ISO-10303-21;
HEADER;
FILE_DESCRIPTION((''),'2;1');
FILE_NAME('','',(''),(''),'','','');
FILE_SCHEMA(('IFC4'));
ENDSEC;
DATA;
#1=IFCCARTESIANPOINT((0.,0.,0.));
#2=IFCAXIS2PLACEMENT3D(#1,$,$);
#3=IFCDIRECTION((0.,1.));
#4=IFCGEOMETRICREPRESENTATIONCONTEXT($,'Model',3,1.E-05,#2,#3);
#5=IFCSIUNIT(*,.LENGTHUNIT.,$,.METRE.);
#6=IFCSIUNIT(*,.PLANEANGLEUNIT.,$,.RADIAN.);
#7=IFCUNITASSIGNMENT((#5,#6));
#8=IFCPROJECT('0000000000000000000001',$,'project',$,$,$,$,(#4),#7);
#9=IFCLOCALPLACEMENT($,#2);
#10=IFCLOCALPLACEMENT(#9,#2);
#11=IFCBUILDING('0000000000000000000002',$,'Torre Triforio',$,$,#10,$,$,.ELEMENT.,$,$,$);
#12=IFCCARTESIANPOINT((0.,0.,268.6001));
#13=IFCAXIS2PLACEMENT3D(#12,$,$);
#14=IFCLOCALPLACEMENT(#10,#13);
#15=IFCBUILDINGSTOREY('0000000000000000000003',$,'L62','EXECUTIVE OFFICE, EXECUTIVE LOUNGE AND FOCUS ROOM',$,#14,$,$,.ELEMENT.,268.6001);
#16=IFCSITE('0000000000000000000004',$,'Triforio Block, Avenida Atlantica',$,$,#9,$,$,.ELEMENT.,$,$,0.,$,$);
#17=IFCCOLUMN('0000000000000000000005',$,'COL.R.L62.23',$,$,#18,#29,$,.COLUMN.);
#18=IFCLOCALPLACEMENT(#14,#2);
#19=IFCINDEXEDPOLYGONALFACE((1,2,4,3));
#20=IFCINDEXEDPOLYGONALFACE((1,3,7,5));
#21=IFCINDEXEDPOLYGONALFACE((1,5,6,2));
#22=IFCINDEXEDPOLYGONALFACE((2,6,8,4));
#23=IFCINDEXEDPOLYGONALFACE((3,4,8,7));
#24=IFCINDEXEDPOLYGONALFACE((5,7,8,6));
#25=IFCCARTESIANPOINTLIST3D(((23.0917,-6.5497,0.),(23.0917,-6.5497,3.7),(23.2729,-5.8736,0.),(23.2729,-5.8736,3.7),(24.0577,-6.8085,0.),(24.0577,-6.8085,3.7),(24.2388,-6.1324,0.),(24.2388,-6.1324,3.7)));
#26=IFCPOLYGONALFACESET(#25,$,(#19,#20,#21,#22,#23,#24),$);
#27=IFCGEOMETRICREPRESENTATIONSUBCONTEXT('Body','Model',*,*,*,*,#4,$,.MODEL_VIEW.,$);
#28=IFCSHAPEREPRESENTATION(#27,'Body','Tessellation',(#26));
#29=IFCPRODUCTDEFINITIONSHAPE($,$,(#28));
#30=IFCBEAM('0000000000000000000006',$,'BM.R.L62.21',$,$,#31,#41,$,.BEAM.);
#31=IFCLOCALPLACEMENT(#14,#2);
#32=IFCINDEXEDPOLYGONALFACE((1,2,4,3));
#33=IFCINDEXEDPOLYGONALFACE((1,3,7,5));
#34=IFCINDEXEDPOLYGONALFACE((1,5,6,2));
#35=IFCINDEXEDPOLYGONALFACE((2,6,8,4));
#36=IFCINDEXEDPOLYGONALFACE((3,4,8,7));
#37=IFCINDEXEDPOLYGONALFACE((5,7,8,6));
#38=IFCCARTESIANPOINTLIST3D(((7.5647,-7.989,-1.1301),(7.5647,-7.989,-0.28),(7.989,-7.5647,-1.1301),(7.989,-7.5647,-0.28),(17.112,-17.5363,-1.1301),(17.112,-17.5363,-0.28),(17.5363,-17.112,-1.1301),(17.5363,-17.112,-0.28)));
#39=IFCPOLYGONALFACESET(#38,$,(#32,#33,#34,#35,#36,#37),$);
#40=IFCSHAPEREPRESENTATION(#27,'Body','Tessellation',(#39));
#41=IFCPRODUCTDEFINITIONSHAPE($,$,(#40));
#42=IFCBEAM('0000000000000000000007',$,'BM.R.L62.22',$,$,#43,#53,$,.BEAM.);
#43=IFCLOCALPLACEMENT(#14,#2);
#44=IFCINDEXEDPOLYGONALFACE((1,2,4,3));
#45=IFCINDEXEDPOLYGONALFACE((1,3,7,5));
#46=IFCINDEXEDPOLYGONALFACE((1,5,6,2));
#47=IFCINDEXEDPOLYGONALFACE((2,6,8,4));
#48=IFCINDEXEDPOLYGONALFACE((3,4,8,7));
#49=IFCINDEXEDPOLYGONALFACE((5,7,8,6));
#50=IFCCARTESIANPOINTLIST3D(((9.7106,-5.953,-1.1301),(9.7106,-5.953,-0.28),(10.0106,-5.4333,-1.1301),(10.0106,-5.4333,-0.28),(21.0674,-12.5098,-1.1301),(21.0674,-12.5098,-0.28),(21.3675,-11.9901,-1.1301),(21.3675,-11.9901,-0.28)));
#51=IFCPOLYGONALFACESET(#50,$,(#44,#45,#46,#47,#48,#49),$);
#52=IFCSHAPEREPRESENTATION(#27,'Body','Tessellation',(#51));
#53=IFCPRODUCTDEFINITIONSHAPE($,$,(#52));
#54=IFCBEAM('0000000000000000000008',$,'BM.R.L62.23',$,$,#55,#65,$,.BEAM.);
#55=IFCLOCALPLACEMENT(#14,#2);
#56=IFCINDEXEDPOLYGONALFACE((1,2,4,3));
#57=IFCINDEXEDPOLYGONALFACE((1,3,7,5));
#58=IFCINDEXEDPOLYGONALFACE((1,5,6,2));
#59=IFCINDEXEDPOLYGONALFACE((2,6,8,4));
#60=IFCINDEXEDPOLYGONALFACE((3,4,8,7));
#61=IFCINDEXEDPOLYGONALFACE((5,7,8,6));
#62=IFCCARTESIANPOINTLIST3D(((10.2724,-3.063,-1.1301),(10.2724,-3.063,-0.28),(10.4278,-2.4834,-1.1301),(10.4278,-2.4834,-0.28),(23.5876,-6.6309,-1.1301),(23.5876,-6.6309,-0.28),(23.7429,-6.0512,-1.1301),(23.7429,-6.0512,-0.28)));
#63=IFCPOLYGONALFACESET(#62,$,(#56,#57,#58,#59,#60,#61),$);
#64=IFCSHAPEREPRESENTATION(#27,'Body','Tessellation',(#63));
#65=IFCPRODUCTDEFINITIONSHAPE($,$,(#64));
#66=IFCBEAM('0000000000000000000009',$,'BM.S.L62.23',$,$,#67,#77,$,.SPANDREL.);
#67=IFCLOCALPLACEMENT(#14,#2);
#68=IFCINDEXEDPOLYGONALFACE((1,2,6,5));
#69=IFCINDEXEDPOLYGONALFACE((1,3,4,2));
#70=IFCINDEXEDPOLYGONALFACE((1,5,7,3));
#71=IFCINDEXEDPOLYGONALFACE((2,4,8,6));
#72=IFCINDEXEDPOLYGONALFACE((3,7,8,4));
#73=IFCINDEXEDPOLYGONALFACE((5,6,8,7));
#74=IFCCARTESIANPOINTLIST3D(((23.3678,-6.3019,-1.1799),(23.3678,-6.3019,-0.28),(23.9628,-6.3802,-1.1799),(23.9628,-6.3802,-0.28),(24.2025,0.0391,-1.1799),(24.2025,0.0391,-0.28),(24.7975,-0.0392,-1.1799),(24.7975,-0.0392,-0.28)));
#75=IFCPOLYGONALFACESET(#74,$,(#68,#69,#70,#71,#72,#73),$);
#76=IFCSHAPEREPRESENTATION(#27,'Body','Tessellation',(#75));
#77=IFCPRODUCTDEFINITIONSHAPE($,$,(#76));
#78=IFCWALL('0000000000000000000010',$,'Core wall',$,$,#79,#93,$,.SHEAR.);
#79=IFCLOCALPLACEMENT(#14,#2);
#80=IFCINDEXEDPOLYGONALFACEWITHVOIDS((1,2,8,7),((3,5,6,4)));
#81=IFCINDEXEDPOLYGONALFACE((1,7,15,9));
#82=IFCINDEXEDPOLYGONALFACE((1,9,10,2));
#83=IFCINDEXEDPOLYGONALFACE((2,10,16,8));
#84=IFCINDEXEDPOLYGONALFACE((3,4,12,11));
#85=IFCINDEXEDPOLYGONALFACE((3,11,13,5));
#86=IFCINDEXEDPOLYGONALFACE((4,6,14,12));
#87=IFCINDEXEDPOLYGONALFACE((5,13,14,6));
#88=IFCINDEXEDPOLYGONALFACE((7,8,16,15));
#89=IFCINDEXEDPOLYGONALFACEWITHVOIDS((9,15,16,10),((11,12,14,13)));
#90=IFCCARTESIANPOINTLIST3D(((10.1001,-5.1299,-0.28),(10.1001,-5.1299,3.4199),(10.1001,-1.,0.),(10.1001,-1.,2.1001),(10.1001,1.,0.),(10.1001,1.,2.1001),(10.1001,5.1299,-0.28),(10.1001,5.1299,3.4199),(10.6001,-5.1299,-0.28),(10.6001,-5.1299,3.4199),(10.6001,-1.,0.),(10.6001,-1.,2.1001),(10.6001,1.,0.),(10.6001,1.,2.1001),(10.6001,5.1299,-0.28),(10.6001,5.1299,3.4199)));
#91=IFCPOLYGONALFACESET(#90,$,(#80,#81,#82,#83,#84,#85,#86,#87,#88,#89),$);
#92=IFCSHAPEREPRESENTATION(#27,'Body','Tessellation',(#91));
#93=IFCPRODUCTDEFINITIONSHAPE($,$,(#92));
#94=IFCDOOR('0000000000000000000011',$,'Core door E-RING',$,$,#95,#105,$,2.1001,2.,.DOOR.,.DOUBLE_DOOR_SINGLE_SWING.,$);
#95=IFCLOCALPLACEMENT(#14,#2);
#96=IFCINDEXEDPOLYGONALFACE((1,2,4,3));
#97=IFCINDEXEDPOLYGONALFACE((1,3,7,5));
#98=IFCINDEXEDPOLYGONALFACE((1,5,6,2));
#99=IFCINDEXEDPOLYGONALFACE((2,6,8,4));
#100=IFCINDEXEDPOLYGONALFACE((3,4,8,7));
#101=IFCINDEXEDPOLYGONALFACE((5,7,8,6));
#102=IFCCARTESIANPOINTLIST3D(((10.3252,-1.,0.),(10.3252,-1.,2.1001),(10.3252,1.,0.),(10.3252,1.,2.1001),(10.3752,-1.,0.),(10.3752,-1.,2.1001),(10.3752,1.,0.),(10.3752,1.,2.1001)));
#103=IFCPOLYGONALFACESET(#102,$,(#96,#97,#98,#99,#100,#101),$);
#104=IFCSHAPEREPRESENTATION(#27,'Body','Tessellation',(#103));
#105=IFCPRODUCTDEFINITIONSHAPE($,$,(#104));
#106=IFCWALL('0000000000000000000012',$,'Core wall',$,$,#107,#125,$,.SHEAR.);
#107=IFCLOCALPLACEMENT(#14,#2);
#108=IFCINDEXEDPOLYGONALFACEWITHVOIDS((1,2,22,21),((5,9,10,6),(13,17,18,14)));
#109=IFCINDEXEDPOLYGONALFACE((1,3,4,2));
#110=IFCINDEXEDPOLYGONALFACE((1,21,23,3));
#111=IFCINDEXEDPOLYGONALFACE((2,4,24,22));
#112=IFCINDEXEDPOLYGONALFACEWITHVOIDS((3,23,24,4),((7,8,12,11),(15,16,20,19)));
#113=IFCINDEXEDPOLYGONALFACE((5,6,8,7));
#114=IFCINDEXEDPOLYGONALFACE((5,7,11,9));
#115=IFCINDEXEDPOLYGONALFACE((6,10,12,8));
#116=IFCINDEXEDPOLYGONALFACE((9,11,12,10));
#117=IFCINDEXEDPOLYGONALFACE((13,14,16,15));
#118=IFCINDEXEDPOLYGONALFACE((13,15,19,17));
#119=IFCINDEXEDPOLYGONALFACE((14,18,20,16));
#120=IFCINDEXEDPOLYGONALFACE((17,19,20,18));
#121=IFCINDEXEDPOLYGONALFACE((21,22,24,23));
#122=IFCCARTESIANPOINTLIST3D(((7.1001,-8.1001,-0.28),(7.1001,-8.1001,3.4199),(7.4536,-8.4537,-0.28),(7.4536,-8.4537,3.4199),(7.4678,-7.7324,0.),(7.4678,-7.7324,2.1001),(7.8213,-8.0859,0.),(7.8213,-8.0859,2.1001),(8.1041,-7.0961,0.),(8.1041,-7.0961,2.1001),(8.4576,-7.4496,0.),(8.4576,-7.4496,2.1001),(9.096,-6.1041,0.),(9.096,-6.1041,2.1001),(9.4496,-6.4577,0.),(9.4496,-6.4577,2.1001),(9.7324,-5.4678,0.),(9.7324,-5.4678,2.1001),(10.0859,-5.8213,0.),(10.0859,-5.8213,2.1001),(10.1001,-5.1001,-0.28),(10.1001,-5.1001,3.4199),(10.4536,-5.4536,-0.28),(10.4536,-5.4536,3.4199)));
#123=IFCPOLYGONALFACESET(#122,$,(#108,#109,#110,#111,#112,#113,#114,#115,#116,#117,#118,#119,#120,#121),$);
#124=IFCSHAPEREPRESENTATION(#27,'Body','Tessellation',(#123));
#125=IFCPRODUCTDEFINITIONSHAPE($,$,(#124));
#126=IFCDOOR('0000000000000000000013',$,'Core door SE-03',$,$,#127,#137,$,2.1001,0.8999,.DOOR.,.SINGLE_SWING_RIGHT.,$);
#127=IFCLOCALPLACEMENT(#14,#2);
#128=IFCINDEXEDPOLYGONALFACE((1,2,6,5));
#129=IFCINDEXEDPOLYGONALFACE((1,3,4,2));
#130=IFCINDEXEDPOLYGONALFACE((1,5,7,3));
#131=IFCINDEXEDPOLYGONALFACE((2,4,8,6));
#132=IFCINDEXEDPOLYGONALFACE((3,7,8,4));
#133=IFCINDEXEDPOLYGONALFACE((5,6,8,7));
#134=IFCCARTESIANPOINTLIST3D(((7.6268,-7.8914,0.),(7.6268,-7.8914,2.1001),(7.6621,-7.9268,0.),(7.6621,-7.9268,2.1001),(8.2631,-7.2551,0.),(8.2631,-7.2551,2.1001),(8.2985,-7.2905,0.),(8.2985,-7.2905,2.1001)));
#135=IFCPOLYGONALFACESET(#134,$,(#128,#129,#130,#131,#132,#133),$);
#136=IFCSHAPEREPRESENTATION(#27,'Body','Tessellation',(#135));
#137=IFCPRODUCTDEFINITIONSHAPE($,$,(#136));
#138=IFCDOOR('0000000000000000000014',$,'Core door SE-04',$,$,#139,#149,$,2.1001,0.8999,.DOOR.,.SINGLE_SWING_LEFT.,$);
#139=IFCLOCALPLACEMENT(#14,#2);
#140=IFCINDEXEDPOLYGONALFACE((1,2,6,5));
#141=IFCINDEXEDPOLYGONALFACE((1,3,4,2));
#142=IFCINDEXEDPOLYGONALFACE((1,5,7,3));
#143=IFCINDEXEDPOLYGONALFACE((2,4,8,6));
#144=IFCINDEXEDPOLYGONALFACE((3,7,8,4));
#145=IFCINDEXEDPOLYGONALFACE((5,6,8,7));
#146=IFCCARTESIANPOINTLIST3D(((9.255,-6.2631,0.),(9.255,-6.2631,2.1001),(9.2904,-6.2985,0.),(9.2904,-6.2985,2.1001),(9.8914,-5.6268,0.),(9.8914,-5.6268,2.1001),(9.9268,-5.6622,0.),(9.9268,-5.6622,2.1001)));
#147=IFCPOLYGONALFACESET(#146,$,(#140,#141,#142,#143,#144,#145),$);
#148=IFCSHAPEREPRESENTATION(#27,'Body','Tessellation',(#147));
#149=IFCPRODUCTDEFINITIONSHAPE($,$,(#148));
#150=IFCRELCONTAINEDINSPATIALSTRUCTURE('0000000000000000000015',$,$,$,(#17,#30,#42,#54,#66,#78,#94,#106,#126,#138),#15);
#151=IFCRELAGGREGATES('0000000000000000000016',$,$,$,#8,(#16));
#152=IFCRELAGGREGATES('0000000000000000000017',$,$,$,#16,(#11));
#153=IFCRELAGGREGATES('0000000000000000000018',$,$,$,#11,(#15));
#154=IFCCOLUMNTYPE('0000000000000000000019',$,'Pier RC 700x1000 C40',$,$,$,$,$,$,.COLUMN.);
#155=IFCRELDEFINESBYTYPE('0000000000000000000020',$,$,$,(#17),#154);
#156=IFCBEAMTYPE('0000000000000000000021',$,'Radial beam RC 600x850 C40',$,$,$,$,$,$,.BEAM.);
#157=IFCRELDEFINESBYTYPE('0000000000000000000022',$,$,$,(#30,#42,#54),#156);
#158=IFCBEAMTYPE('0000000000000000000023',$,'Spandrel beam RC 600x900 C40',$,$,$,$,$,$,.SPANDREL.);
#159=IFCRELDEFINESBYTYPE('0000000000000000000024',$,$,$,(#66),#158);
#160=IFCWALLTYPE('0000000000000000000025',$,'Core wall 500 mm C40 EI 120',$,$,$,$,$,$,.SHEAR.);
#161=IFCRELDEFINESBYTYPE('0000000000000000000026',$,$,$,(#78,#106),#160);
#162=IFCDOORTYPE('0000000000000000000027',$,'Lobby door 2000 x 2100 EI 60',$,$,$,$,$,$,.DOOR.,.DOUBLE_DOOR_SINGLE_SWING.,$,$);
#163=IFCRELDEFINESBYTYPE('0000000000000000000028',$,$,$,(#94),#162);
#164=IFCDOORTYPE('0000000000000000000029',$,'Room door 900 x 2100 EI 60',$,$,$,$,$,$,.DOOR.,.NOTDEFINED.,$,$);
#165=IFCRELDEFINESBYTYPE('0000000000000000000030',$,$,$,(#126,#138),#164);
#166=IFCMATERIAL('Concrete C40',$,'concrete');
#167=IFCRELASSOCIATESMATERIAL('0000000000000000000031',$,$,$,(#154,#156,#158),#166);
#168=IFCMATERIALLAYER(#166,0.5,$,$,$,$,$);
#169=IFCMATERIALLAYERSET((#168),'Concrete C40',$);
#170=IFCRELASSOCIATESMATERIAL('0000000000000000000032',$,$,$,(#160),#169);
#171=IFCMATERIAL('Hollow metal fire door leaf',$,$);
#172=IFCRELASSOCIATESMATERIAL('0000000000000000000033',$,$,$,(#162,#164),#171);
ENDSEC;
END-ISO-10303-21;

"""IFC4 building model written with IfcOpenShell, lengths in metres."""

from ifc_helpers import new_model, si_unit, direction, frame, frame_2d, origin, origin_2d, place, context, subcontext, project, spatial, rectangle, extrude, material, layer, layer_set, material_profile, profile_set, type_object, element, fill, save


model = new_model("IFC4")

# Units and contexts
model_context = context("Model", 3, precision=1e-05, world=origin(), true_north=direction((0.0, 1.0)))
body_context = subcontext(model_context, "Body", "Model", "MODEL_VIEW")
ifc_project = project(units=[si_unit("LENGTHUNIT", "METRE"), si_unit("PLANEANGLEUNIT", "RADIAN")], contexts=[model_context])

# Site, building, storey
site_placement = place(None, origin())
site = spatial("IfcSite", under=ifc_project, at=site_placement, Name="Triforio Block, Avenida Atlantica", CompositionType="ELEMENT", RefElevation=0.0)
building_placement = place(site_placement, origin())
building = spatial("IfcBuilding", under=site, at=building_placement, Name="Torre Triforio", CompositionType="ELEMENT")
storey_placement = place(building_placement, frame((0.0, 0.0, 268.6001)))
storey = spatial("IfcBuildingStorey", under=building, at=storey_placement, Name="L62", Description="EXECUTIVE OFFICE, EXECUTIVE LOUNGE AND FOCUS ROOM", CompositionType="ELEMENT", Elevation=268.6001)

# Column
ifc_material_1 = material(Name="Concrete C40", Category="concrete")
ifc_material_profile_1 = material_profile(ifc_material_1, rectangle(XDim=0.7, YDim=1.0, at=origin_2d()), Name="RC 700x1000")
ifc_profile_set_1 = profile_set([ifc_material_profile_1], Name="Concrete C40")
column_type = type_object("IfcColumnType", Name="Pier RC 700x1000 C40", PredefinedType="COLUMN", material=ifc_profile_set_1)
column_placement = place(storey_placement, frame((23.6653, -6.3411, 0.0), z_axis=(0.0, 0.0, 1.0), x_axis=(0.258819, 0.965926, 0.0)))
element("IfcColumn", 1, at=column_placement, inside=storey, type_object=column_type, Name="COL.R.L62.23", PredefinedType="COLUMN", context=body_context, shape_type="SweptSolid", body=[
    extrude(rectangle(XDim=0.7, YDim=1.0, at=origin_2d()), origin(), (0.0, 0.0, 1.0), 3.7),
])

# Beams
ifc_material_profile_2 = material_profile(ifc_material_1, rectangle(XDim=0.6001, YDim=0.8501, at=origin_2d()), Name="RC 600x850")
ifc_profile_set_2 = profile_set([ifc_material_profile_2], Name="Concrete C40")
beam_type_1 = type_object("IfcBeamType", Name="Radial beam RC 600x850 C40", PredefinedType="BEAM", material=ifc_profile_set_2)
beam_1_placement = place(storey_placement, frame((7.7769, -7.7769, -0.7051), z_axis=(0.707107, -0.707107, 0.0), x_axis=(0.707107, 0.707107, 0.0)))
element("IfcBeam", 2, at=beam_1_placement, inside=storey, type_object=beam_type_1, Name="BM.R.L62.21", PredefinedType="BEAM", context=body_context, shape_type="SweptSolid", body=[
    extrude(rectangle(XDim=0.6001, YDim=0.8501, at=origin_2d()), origin(), (0.0, 0.0, 1.0), 13.502),
])
beam_2_placement = place(storey_placement, frame((9.8606, -5.6931, -0.7051), z_axis=(0.866027, -0.499997, 0.0), x_axis=(0.499997, 0.866027, 0.0)))
element("IfcBeam", 3, at=beam_2_placement, inside=storey, type_object=beam_type_1, Name="BM.R.L62.22", PredefinedType="BEAM", context=body_context, shape_type="SweptSolid", body=[
    extrude(rectangle(XDim=0.6001, YDim=0.8501, at=origin_2d()), origin(), (0.0, 0.0, 1.0), 13.1138),
])
beam_3_placement = place(storey_placement, frame((10.3501, -2.7732, -0.7051), z_axis=(0.965924, -0.258824, 0.0), x_axis=(0.258824, 0.965924, 0.0)))
element("IfcBeam", 4, at=beam_3_placement, inside=storey, type_object=beam_type_1, Name="BM.R.L62.23", PredefinedType="BEAM", context=body_context, shape_type="SweptSolid", body=[
    extrude(rectangle(XDim=0.6001, YDim=0.8501, at=origin_2d()), origin(), (0.0, 0.0, 1.0), 13.7849),
])
ifc_material_profile_3 = material_profile(ifc_material_1, rectangle(XDim=0.6001, YDim=0.8999, at=origin_2d()), Name="RC 600x900")
ifc_profile_set_3 = profile_set([ifc_material_profile_3], Name="Concrete C40")
beam_type_2 = type_object("IfcBeamType", Name="Spandrel beam RC 600x900 C40", PredefinedType="SPANDREL", material=ifc_profile_set_3)
beam_4_placement = place(storey_placement, frame((23.6653, -6.3411, -0.73), z_axis=(0.130511, 0.991447, 0.0), x_axis=(-0.991447, 0.130511, 0.0)))
element("IfcBeam", 5, at=beam_4_placement, inside=storey, type_object=beam_type_2, Name="BM.S.L62.23", PredefinedType="SPANDREL", context=body_context, shape_type="SweptSolid", body=[
    extrude(rectangle(XDim=0.6001, YDim=0.8999, at=origin_2d()), origin(), (0.0, 0.0, 1.0), 6.3958),
])

# Wall, opening, door
ifc_layer_1 = layer(ifc_material_1, 0.5)
ifc_layer_set_1 = layer_set([ifc_layer_1], Name="Concrete C40")
wall_type_1 = type_object("IfcWallType", Name="Core wall 500 mm C40 EI 120", PredefinedType="SHEAR", material=ifc_layer_set_1)
wall_1_placement = place(storey_placement, frame((10.3501, -5.1299, -0.28), z_axis=(0.0, 0.0, 1.0), x_axis=(0.0, 1.0, 0.0)))
wall_1 = element("IfcWall", 6, at=wall_1_placement, inside=storey, type_object=wall_type_1, Name="Core wall", PredefinedType="SHEAR", context=body_context, shape_type="SweptSolid", body=[
    extrude(rectangle(XDim=10.2598, YDim=0.5, at=frame_2d((5.1299, 0.0))), origin(), (0.0, 0.0, 1.0), 3.7),
])
opening_1_placement = place(wall_1_placement, frame((4.1299, 0.0, 0.28)))
opening_1 = element("IfcOpeningElement", 7, at=opening_1_placement, cuts=wall_1, PredefinedType="OPENING", context=body_context, shape_type="SweptSolid", body=[
    extrude(rectangle(XDim=2.0, YDim=2.1001, at=frame_2d((1.0, 1.05))), frame((0.0, 0.26, 0.0), z_axis=(0.0, -1.0, 0.0), x_axis=(1.0, 0.0, 0.0)), (0.0, 0.0, 1.0), 0.52),
])
ifc_material_2 = material(Name="Hollow metal fire door leaf")
door_type_1 = type_object("IfcDoorType", Name="Lobby door 2000 x 2100 EI 60", OperationType="DOUBLE_DOOR_SINGLE_SWING", PredefinedType="DOOR", material=ifc_material_2)
door_1_placement = place(opening_1_placement, origin())
door_1 = element("IfcDoor", 8, at=door_1_placement, inside=storey, type_object=door_type_1, Name="Core door E-RING", OperationType="DOUBLE_DOOR_SINGLE_SWING", OverallHeight=2.1001, OverallWidth=2.0, PredefinedType="DOOR", context=body_context, shape_type="SweptSolid", body=[
    extrude(rectangle(XDim=2.0, YDim=2.1001, at=frame_2d((1.0, 1.05))), frame((0.0, 0.0249, 0.0), z_axis=(0.0, -1.0, 0.0), x_axis=(1.0, 0.0, 0.0)), (0.0, 0.0, 1.0), 0.05),
])
fill(opening_1, door_1)

# Wall, openings, doors
wall_2_placement = place(storey_placement, frame((10.2769, -5.2769, -0.28), z_axis=(0.0, 0.0, 1.0), x_axis=(-0.707107, -0.707107, 0.0)))
wall_2 = element("IfcWall", 9, at=wall_2_placement, inside=storey, type_object=wall_type_1, Name="Core wall", PredefinedType="SHEAR", context=body_context, shape_type="SweptSolid", body=[
    extrude(rectangle(XDim=4.2427, YDim=0.5, at=frame_2d((2.1213, 0.0))), origin(), (0.0, 0.0, 1.0), 3.7),
])
opening_2_placement = place(wall_2_placement, frame((2.8228, 0.0, 0.28)))
opening_2 = element("IfcOpeningElement", 10, at=opening_2_placement, cuts=wall_2, PredefinedType="OPENING", context=body_context, shape_type="SweptSolid", body=[
    extrude(rectangle(XDim=0.8999, YDim=2.1001, at=frame_2d((0.45, 1.05))), frame((0.0, 0.26, 0.0), z_axis=(0.0, -1.0, 0.0), x_axis=(1.0, 0.0, 0.0)), (0.0, 0.0, 1.0), 0.52),
])
opening_3_placement = place(wall_2_placement, frame((0.52, 0.0, 0.28)))
opening_3 = element("IfcOpeningElement", 11, at=opening_3_placement, cuts=wall_2, PredefinedType="OPENING", context=body_context, shape_type="SweptSolid", body=[
    extrude(rectangle(XDim=0.8999, YDim=2.1001, at=frame_2d((0.45, 1.05))), frame((0.0, 0.26, 0.0), z_axis=(0.0, -1.0, 0.0), x_axis=(1.0, 0.0, 0.0)), (0.0, 0.0, 1.0), 0.52),
])
door_type_2 = type_object("IfcDoorType", Name="Room door 900 x 2100 EI 60", OperationType="NOTDEFINED", PredefinedType="DOOR", material=ifc_material_2)
door_2_placement = place(opening_2_placement, origin())
door_2 = element("IfcDoor", 12, at=door_2_placement, inside=storey, type_object=door_type_2, Name="Core door SE-03", OperationType="SINGLE_SWING_RIGHT", OverallHeight=2.1001, OverallWidth=0.8999, PredefinedType="DOOR", context=body_context, shape_type="SweptSolid", body=[
    extrude(rectangle(XDim=0.8999, YDim=2.1001, at=frame_2d((0.45, 1.05))), frame((0.0, 0.0249, 0.0), z_axis=(0.0, -1.0, 0.0), x_axis=(1.0, 0.0, 0.0)), (0.0, 0.0, 1.0), 0.05),
])
fill(opening_2, door_2)
door_3_placement = place(opening_3_placement, origin())
door_3 = element("IfcDoor", 13, at=door_3_placement, inside=storey, type_object=door_type_2, Name="Core door SE-04", OperationType="SINGLE_SWING_LEFT", OverallHeight=2.1001, OverallWidth=0.8999, PredefinedType="DOOR", context=body_context, shape_type="SweptSolid", body=[
    extrude(rectangle(XDim=0.8999, YDim=2.1001, at=frame_2d((0.45, 1.05))), frame((0.0, 0.0249, 0.0), z_axis=(0.0, -1.0, 0.0), x_axis=(1.0, 0.0, 0.0)), (0.0, 0.0, 1.0), 0.05),
])
fill(opening_3, door_3)

save(model, "model.ifc")
